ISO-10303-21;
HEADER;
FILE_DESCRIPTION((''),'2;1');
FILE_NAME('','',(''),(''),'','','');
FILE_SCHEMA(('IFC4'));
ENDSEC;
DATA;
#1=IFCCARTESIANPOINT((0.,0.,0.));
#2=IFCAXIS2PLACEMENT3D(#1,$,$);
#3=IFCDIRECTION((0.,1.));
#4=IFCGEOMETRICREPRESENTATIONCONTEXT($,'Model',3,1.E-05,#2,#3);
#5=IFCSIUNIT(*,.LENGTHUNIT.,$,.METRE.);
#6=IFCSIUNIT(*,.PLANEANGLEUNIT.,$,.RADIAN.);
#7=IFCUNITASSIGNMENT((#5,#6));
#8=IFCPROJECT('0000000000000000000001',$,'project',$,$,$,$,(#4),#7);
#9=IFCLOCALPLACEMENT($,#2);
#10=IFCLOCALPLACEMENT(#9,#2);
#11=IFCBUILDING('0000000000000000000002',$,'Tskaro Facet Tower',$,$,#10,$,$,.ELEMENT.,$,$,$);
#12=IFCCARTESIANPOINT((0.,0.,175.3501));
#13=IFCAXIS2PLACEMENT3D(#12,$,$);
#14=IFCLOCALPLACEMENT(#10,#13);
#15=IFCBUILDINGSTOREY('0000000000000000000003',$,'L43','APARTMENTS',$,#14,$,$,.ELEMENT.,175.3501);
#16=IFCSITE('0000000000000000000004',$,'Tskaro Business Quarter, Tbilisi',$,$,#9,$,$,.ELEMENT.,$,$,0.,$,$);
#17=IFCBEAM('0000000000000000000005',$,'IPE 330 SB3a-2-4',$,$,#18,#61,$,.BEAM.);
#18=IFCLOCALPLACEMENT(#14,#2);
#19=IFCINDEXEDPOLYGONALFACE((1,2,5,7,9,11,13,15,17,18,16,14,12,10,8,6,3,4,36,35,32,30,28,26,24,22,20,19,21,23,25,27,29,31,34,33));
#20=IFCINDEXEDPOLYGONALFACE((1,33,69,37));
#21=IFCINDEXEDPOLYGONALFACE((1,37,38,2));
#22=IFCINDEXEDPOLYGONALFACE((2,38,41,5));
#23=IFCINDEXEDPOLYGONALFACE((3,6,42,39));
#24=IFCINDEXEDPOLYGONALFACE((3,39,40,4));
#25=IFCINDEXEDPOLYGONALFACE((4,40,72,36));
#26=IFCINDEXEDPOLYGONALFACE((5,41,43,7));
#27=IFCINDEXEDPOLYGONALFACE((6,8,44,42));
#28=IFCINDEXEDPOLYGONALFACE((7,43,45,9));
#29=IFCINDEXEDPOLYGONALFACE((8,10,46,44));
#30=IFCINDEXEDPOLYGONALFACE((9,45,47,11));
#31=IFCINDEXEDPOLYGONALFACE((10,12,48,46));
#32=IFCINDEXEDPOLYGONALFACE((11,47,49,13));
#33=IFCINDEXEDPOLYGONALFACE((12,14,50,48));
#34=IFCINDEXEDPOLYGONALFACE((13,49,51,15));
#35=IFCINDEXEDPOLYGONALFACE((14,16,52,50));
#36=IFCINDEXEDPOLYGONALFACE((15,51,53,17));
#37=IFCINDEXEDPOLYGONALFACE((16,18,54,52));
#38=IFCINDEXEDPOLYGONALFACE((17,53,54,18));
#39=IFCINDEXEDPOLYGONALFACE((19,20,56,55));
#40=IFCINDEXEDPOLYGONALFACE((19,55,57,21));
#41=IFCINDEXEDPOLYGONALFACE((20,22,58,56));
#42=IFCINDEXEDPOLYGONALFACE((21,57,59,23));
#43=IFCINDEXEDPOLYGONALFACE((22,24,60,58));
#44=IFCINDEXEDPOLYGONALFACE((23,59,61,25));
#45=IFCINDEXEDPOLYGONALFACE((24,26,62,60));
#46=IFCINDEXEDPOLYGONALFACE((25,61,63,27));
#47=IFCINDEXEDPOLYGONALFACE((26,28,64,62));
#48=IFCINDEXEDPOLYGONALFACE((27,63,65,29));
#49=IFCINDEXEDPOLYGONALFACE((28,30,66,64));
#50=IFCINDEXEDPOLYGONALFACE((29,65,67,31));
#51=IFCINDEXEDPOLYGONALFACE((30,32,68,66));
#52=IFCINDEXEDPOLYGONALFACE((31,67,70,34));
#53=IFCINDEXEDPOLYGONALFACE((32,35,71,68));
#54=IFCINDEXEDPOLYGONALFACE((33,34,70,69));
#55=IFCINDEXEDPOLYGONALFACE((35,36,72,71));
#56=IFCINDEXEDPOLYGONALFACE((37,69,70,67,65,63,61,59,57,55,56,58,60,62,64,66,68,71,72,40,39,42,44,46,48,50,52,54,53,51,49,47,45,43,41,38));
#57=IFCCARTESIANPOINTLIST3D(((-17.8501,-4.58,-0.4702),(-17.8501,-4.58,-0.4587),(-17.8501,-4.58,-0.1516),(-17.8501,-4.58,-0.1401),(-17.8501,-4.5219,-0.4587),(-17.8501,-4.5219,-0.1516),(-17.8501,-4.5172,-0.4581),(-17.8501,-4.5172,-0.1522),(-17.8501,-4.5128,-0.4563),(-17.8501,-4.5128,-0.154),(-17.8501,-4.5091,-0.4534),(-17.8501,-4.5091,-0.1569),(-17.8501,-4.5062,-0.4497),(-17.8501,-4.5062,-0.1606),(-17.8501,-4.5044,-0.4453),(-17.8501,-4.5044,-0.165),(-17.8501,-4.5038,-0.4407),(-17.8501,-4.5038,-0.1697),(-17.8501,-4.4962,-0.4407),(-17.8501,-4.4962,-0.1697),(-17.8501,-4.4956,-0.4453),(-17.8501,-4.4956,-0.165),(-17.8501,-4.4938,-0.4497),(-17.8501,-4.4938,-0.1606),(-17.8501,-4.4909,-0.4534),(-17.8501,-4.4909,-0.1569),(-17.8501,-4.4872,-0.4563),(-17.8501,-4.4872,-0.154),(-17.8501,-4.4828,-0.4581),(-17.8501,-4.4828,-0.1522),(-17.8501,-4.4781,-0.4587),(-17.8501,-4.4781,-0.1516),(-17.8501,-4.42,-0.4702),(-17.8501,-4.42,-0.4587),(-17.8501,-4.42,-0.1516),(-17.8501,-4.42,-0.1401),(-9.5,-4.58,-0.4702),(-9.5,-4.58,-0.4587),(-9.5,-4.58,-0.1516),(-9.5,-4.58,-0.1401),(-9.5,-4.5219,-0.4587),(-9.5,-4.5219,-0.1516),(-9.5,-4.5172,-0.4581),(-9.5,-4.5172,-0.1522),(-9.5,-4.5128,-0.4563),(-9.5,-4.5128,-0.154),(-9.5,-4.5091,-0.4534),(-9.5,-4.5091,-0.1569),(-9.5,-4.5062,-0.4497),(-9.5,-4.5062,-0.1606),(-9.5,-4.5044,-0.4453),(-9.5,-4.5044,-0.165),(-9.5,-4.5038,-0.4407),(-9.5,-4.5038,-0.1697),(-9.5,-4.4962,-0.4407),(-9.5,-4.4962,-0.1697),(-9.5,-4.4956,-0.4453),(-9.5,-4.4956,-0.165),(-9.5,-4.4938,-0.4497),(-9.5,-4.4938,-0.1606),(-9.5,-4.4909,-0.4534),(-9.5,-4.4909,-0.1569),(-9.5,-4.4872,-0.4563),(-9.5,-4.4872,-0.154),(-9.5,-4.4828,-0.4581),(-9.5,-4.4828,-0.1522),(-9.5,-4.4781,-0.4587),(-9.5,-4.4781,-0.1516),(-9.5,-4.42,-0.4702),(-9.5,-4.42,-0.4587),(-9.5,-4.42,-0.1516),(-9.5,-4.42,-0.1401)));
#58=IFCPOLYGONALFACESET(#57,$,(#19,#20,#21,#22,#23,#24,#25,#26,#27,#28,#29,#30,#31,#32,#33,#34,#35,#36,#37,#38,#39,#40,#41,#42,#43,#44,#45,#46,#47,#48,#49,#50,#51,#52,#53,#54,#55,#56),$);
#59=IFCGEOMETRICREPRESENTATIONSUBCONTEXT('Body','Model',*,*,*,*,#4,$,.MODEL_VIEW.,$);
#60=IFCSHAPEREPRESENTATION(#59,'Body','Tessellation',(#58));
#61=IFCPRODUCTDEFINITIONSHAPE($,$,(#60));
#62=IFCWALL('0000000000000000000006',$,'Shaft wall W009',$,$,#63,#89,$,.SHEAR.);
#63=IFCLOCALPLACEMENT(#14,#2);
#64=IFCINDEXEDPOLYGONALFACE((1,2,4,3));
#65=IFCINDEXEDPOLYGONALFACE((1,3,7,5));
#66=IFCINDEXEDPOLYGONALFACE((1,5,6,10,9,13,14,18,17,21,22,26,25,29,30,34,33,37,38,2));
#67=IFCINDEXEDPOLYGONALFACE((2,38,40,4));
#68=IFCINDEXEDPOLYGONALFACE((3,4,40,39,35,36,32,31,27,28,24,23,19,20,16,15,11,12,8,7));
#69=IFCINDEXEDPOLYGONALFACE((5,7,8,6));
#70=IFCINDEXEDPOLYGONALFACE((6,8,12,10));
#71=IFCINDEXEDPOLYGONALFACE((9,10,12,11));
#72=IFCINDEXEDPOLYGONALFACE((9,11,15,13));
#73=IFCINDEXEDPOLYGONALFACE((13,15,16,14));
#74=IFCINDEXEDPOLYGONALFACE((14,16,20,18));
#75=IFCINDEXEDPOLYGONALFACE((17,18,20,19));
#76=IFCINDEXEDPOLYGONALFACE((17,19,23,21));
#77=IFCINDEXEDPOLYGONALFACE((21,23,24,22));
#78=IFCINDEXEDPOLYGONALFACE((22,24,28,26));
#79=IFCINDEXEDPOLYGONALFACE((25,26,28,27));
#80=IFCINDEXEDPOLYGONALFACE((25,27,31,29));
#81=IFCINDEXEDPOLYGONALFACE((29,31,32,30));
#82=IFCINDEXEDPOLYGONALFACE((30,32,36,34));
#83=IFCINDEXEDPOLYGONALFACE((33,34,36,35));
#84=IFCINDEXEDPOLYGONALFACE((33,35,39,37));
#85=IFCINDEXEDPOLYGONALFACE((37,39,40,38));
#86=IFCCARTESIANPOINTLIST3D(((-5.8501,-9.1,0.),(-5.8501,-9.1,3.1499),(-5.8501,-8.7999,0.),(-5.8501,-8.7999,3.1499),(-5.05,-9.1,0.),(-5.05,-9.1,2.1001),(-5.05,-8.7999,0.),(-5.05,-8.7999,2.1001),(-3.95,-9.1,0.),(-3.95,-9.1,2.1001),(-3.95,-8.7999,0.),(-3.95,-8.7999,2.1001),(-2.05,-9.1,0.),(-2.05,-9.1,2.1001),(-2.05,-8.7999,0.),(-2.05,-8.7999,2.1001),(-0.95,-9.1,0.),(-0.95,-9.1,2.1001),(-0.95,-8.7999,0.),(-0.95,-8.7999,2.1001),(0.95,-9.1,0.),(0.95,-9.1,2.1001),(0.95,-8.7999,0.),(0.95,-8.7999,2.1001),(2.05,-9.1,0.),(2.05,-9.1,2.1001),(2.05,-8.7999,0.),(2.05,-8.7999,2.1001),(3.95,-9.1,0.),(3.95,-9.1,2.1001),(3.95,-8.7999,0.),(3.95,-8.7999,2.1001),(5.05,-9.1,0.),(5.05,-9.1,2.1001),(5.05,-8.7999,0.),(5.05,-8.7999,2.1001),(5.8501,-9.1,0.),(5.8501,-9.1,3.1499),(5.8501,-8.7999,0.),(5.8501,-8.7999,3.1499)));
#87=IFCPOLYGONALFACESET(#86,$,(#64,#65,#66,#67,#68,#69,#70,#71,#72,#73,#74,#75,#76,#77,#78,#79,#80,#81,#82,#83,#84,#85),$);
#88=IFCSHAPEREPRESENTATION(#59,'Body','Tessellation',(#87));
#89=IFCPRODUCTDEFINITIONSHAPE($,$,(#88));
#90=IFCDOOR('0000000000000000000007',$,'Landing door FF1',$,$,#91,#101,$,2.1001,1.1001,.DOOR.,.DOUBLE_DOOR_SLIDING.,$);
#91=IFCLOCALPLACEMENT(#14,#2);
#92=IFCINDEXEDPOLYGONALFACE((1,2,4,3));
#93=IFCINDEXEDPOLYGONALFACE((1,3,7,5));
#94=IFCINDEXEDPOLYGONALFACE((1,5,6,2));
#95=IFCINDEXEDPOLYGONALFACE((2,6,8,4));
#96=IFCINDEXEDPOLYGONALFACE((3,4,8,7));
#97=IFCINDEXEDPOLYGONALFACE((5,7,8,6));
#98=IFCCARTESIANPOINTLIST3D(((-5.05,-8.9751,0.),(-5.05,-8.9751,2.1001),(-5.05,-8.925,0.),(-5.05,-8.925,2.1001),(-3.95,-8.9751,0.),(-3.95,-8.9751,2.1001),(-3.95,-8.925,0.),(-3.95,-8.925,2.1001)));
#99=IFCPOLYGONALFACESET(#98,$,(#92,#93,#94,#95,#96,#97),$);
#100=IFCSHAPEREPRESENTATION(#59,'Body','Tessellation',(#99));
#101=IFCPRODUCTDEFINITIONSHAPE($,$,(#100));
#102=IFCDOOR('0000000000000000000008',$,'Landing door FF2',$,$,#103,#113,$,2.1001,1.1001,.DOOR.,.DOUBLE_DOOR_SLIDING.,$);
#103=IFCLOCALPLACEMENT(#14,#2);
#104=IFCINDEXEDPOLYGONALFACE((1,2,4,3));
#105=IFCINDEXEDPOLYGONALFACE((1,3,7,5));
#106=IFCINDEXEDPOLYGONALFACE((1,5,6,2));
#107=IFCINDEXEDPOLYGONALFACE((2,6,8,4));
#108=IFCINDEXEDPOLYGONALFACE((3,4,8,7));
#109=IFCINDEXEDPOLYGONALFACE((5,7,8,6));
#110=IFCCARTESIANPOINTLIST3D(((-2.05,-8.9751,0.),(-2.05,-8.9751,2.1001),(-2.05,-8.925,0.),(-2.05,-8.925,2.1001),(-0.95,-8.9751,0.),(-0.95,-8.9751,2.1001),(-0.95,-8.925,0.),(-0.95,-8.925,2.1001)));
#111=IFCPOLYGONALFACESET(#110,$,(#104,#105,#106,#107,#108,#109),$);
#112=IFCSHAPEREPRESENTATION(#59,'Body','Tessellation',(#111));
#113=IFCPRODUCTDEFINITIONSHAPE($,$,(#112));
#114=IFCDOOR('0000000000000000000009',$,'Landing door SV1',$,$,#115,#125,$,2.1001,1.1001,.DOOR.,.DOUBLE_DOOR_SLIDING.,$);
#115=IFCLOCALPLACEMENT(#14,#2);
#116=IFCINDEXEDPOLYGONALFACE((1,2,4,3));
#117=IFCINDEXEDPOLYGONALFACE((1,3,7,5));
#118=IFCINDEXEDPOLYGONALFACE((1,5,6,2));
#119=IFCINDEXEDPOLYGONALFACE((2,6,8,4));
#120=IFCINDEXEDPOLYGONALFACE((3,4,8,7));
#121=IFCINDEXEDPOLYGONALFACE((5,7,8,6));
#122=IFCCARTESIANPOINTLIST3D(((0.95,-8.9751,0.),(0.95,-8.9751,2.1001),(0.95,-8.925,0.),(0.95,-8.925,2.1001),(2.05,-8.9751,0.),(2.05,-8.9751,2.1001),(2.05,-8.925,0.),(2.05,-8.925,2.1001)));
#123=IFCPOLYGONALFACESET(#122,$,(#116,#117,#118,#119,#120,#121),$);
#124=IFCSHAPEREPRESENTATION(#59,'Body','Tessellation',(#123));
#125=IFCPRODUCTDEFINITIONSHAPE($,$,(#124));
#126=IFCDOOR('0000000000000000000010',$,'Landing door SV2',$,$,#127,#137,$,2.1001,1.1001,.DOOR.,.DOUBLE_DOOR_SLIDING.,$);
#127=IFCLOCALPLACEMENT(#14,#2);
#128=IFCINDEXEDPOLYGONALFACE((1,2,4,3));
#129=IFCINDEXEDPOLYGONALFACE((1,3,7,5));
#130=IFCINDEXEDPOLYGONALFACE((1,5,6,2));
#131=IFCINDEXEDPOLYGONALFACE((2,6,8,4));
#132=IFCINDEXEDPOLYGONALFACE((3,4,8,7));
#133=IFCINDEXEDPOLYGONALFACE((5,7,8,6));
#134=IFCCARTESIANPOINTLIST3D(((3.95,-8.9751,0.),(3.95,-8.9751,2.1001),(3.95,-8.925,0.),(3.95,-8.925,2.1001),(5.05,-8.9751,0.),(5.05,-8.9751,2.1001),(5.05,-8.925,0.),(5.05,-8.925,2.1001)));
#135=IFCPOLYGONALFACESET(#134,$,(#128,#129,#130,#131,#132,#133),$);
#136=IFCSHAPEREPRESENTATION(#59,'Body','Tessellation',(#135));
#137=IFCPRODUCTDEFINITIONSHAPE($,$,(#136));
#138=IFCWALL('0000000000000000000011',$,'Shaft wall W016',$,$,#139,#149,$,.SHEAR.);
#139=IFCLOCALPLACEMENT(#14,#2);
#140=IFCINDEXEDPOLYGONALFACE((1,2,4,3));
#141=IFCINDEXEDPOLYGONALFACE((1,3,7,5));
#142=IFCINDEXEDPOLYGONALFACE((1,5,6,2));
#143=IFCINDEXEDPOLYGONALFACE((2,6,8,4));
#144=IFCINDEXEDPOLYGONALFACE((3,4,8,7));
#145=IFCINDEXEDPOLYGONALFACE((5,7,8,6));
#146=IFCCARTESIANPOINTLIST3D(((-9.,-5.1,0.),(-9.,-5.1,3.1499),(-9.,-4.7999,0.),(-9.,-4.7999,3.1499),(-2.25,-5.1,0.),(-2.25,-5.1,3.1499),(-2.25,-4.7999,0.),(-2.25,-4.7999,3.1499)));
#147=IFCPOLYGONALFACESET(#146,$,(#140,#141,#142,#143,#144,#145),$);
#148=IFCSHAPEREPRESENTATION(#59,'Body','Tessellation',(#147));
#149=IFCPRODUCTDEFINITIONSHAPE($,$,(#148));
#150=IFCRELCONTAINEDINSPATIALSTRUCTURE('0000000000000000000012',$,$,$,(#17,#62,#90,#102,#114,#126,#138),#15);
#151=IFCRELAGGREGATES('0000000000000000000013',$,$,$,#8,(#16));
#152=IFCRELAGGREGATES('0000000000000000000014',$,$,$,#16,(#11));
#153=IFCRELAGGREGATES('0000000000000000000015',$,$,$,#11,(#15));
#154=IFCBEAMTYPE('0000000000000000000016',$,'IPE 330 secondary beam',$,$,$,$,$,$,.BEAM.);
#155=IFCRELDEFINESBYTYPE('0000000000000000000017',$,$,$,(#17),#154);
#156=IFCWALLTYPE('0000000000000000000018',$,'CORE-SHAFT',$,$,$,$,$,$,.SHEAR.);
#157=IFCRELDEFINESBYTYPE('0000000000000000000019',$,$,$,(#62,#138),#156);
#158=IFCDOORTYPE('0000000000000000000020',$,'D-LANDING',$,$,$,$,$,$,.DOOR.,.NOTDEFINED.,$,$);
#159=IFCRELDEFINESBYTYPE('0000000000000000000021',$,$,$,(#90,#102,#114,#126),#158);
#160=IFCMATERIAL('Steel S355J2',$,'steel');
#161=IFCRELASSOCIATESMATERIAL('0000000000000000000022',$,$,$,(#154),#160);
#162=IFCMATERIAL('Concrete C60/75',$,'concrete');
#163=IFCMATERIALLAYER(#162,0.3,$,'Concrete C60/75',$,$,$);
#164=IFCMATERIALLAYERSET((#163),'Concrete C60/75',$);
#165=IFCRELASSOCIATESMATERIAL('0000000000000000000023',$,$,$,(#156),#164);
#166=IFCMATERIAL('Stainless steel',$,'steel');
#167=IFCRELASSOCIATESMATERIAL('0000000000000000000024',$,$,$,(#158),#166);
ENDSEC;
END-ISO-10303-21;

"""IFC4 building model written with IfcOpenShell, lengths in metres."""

from ifc_helpers import new_model, si_unit, direction, frame, frame_2d, origin, origin_2d, place, context, subcontext, project, spatial, rectangle, i_section, extrude, material, layer, layer_set, material_profile, profile_set, type_object, element, fill, save


model = new_model("IFC4")

# Units and contexts
model_context = context("Model", 3, precision=1e-05, world=origin(), true_north=direction((0.0, 1.0)))
body_context = subcontext(model_context, "Body", "Model", "MODEL_VIEW")
ifc_project = project(units=[si_unit("LENGTHUNIT", "METRE"), si_unit("PLANEANGLEUNIT", "RADIAN")], contexts=[model_context])

# Site, building, storey
site_placement = place(None, origin())
site = spatial("IfcSite", under=ifc_project, at=site_placement, Name="Tskaro Business Quarter, Tbilisi", CompositionType="ELEMENT", RefElevation=0.0)
building_placement = place(site_placement, origin())
building = spatial("IfcBuilding", under=site, at=building_placement, Name="Tskaro Facet Tower", CompositionType="ELEMENT")
storey_placement = place(building_placement, frame((0.0, 0.0, 175.3501)))
storey = spatial("IfcBuildingStorey", under=building, at=storey_placement, Name="L43", Description="APARTMENTS", CompositionType="ELEMENT", Elevation=175.3501)

# Beam
ifc_material_1 = material(Name="Steel S355J2", Category="steel")
ifc_material_profile = material_profile(ifc_material_1, i_section(OverallWidth=0.1599, OverallDepth=0.3301, WebThickness=0.0076, FlangeThickness=0.0115, FilletRadius=0.0181, at=origin_2d()), Name="IPE 330")
ifc_profile_set = profile_set([ifc_material_profile], Name="Steel S355J2")
beam_type = type_object("IfcBeamType", Name="IPE 330 secondary beam", PredefinedType="BEAM", material=ifc_profile_set)
beam_placement = place(storey_placement, frame((-17.8501, -4.5, -0.3052), z_axis=(1.0, 0.0, 0.0), x_axis=(0.0, 1.0, 0.0)))
element("IfcBeam", 1, at=beam_placement, inside=storey, type_object=beam_type, Name="IPE 330 SB3a-2-4", PredefinedType="BEAM", context=body_context, shape_type="SweptSolid", body=[
    extrude(i_section(OverallWidth=0.1599, OverallDepth=0.3301, WebThickness=0.0076, FlangeThickness=0.0115, FilletRadius=0.0181, at=origin_2d()), origin(), (0.0, 0.0, 1.0), 8.3501),
])

# Wall, openings, doors
ifc_material_2 = material(Name="Concrete C60/75", Category="concrete")
ifc_layer_1 = layer(ifc_material_2, 0.3, Name="Concrete C60/75")
ifc_layer_set_1 = layer_set([ifc_layer_1], Name="Concrete C60/75")
wall_type_1 = type_object("IfcWallType", Name="CORE-SHAFT", PredefinedType="SHEAR", material=ifc_layer_set_1)
wall_1_placement = place(storey_placement, frame((-5.8501, -8.95, 0.0), z_axis=(0.0, 0.0, 1.0), x_axis=(1.0, 0.0, 0.0)))
wall_1 = element("IfcWall", 2, at=wall_1_placement, inside=storey, type_object=wall_type_1, Name="Shaft wall W009", PredefinedType="SHEAR", context=body_context, shape_type="SweptSolid", body=[
    extrude(rectangle(XDim=11.7002, YDim=0.3, at=frame_2d((5.8501, 0.0))), origin(), (0.0, 0.0, 1.0), 3.1499),
])
opening_1_placement = place(wall_1_placement, frame((0.8, 0.0, 0.0)))
opening_1 = element("IfcOpeningElement", 3, at=opening_1_placement, cuts=wall_1, PredefinedType="OPENING", context=body_context, shape_type="SweptSolid", body=[
    extrude(rectangle(XDim=1.1001, YDim=2.1001, at=frame_2d((0.55, 1.05))), frame((0.0, 0.1599, 0.0), z_axis=(0.0, -1.0, 0.0), x_axis=(1.0, 0.0, 0.0)), (0.0, 0.0, 1.0), 0.3201),
])
opening_2_placement = place(wall_1_placement, frame((3.8, 0.0, 0.0)))
opening_2 = element("IfcOpeningElement", 4, at=opening_2_placement, cuts=wall_1, PredefinedType="OPENING", context=body_context, shape_type="SweptSolid", body=[
    extrude(rectangle(XDim=1.1001, YDim=2.1001, at=frame_2d((0.55, 1.05))), frame((0.0, 0.1599, 0.0), z_axis=(0.0, -1.0, 0.0), x_axis=(1.0, 0.0, 0.0)), (0.0, 0.0, 1.0), 0.3201),
])
opening_3_placement = place(wall_1_placement, frame((6.8, 0.0, 0.0)))
opening_3 = element("IfcOpeningElement", 5, at=opening_3_placement, cuts=wall_1, PredefinedType="OPENING", context=body_context, shape_type="SweptSolid", body=[
    extrude(rectangle(XDim=1.1001, YDim=2.1001, at=frame_2d((0.55, 1.05))), frame((0.0, 0.1599, 0.0), z_axis=(0.0, -1.0, 0.0), x_axis=(1.0, 0.0, 0.0)), (0.0, 0.0, 1.0), 0.3201),
])
opening_4_placement = place(wall_1_placement, frame((9.8, 0.0, 0.0)))
opening_4 = element("IfcOpeningElement", 6, at=opening_4_placement, cuts=wall_1, PredefinedType="OPENING", context=body_context, shape_type="SweptSolid", body=[
    extrude(rectangle(XDim=1.1001, YDim=2.1001, at=frame_2d((0.55, 1.05))), frame((0.0, 0.1599, 0.0), z_axis=(0.0, -1.0, 0.0), x_axis=(1.0, 0.0, 0.0)), (0.0, 0.0, 1.0), 0.3201),
])
ifc_material_3 = material(Name="Stainless steel", Category="steel")
door_type_1 = type_object("IfcDoorType", Name="D-LANDING", OperationType="NOTDEFINED", PredefinedType="DOOR", material=ifc_material_3)
door_1_placement = place(opening_1_placement, origin())
door_1 = element("IfcDoor", 7, at=door_1_placement, inside=storey, type_object=door_type_1, Name="Landing door FF1", OperationType="DOUBLE_DOOR_SLIDING", OverallHeight=2.1001, OverallWidth=1.1001, PredefinedType="DOOR", context=body_context, shape_type="SweptSolid", body=[
    extrude(rectangle(XDim=1.1001, YDim=2.1001, at=frame_2d((0.55, 1.05))), frame((0.0, 0.0249, 0.0), z_axis=(0.0, -1.0, 0.0), x_axis=(1.0, 0.0, 0.0)), (0.0, 0.0, 1.0), 0.05),
])
fill(opening_1, door_1)
door_2_placement = place(opening_2_placement, origin())
door_2 = element("IfcDoor", 8, at=door_2_placement, inside=storey, type_object=door_type_1, Name="Landing door FF2", OperationType="DOUBLE_DOOR_SLIDING", OverallHeight=2.1001, OverallWidth=1.1001, PredefinedType="DOOR", context=body_context, shape_type="SweptSolid", body=[
    extrude(rectangle(XDim=1.1001, YDim=2.1001, at=frame_2d((0.55, 1.05))), frame((0.0, 0.0249, 0.0), z_axis=(0.0, -1.0, 0.0), x_axis=(1.0, 0.0, 0.0)), (0.0, 0.0, 1.0), 0.05),
])
fill(opening_2, door_2)
door_3_placement = place(opening_3_placement, origin())
door_3 = element("IfcDoor", 9, at=door_3_placement, inside=storey, type_object=door_type_1, Name="Landing door SV1", OperationType="DOUBLE_DOOR_SLIDING", OverallHeight=2.1001, OverallWidth=1.1001, PredefinedType="DOOR", context=body_context, shape_type="SweptSolid", body=[
    extrude(rectangle(XDim=1.1001, YDim=2.1001, at=frame_2d((0.55, 1.05))), frame((0.0, 0.0249, 0.0), z_axis=(0.0, -1.0, 0.0), x_axis=(1.0, 0.0, 0.0)), (0.0, 0.0, 1.0), 0.05),
])
fill(opening_3, door_3)
door_4_placement = place(opening_4_placement, origin())
door_4 = element("IfcDoor", 10, at=door_4_placement, inside=storey, type_object=door_type_1, Name="Landing door SV2", OperationType="DOUBLE_DOOR_SLIDING", OverallHeight=2.1001, OverallWidth=1.1001, PredefinedType="DOOR", context=body_context, shape_type="SweptSolid", body=[
    extrude(rectangle(XDim=1.1001, YDim=2.1001, at=frame_2d((0.55, 1.05))), frame((0.0, 0.0249, 0.0), z_axis=(0.0, -1.0, 0.0), x_axis=(1.0, 0.0, 0.0)), (0.0, 0.0, 1.0), 0.05),
])
fill(opening_4, door_4)

# Wall
wall_2_placement = place(storey_placement, frame((-9.0, -4.95, 0.0), z_axis=(0.0, 0.0, 1.0), x_axis=(1.0, 0.0, 0.0)))
element("IfcWall", 11, at=wall_2_placement, inside=storey, type_object=wall_type_1, Name="Shaft wall W016", PredefinedType="SHEAR", context=body_context, shape_type="SweptSolid", body=[
    extrude(rectangle(XDim=6.75, YDim=0.3, at=frame_2d((3.375, 0.0))), origin(), (0.0, 0.0, 1.0), 3.1499),
])

save(model, "model.ifc")
